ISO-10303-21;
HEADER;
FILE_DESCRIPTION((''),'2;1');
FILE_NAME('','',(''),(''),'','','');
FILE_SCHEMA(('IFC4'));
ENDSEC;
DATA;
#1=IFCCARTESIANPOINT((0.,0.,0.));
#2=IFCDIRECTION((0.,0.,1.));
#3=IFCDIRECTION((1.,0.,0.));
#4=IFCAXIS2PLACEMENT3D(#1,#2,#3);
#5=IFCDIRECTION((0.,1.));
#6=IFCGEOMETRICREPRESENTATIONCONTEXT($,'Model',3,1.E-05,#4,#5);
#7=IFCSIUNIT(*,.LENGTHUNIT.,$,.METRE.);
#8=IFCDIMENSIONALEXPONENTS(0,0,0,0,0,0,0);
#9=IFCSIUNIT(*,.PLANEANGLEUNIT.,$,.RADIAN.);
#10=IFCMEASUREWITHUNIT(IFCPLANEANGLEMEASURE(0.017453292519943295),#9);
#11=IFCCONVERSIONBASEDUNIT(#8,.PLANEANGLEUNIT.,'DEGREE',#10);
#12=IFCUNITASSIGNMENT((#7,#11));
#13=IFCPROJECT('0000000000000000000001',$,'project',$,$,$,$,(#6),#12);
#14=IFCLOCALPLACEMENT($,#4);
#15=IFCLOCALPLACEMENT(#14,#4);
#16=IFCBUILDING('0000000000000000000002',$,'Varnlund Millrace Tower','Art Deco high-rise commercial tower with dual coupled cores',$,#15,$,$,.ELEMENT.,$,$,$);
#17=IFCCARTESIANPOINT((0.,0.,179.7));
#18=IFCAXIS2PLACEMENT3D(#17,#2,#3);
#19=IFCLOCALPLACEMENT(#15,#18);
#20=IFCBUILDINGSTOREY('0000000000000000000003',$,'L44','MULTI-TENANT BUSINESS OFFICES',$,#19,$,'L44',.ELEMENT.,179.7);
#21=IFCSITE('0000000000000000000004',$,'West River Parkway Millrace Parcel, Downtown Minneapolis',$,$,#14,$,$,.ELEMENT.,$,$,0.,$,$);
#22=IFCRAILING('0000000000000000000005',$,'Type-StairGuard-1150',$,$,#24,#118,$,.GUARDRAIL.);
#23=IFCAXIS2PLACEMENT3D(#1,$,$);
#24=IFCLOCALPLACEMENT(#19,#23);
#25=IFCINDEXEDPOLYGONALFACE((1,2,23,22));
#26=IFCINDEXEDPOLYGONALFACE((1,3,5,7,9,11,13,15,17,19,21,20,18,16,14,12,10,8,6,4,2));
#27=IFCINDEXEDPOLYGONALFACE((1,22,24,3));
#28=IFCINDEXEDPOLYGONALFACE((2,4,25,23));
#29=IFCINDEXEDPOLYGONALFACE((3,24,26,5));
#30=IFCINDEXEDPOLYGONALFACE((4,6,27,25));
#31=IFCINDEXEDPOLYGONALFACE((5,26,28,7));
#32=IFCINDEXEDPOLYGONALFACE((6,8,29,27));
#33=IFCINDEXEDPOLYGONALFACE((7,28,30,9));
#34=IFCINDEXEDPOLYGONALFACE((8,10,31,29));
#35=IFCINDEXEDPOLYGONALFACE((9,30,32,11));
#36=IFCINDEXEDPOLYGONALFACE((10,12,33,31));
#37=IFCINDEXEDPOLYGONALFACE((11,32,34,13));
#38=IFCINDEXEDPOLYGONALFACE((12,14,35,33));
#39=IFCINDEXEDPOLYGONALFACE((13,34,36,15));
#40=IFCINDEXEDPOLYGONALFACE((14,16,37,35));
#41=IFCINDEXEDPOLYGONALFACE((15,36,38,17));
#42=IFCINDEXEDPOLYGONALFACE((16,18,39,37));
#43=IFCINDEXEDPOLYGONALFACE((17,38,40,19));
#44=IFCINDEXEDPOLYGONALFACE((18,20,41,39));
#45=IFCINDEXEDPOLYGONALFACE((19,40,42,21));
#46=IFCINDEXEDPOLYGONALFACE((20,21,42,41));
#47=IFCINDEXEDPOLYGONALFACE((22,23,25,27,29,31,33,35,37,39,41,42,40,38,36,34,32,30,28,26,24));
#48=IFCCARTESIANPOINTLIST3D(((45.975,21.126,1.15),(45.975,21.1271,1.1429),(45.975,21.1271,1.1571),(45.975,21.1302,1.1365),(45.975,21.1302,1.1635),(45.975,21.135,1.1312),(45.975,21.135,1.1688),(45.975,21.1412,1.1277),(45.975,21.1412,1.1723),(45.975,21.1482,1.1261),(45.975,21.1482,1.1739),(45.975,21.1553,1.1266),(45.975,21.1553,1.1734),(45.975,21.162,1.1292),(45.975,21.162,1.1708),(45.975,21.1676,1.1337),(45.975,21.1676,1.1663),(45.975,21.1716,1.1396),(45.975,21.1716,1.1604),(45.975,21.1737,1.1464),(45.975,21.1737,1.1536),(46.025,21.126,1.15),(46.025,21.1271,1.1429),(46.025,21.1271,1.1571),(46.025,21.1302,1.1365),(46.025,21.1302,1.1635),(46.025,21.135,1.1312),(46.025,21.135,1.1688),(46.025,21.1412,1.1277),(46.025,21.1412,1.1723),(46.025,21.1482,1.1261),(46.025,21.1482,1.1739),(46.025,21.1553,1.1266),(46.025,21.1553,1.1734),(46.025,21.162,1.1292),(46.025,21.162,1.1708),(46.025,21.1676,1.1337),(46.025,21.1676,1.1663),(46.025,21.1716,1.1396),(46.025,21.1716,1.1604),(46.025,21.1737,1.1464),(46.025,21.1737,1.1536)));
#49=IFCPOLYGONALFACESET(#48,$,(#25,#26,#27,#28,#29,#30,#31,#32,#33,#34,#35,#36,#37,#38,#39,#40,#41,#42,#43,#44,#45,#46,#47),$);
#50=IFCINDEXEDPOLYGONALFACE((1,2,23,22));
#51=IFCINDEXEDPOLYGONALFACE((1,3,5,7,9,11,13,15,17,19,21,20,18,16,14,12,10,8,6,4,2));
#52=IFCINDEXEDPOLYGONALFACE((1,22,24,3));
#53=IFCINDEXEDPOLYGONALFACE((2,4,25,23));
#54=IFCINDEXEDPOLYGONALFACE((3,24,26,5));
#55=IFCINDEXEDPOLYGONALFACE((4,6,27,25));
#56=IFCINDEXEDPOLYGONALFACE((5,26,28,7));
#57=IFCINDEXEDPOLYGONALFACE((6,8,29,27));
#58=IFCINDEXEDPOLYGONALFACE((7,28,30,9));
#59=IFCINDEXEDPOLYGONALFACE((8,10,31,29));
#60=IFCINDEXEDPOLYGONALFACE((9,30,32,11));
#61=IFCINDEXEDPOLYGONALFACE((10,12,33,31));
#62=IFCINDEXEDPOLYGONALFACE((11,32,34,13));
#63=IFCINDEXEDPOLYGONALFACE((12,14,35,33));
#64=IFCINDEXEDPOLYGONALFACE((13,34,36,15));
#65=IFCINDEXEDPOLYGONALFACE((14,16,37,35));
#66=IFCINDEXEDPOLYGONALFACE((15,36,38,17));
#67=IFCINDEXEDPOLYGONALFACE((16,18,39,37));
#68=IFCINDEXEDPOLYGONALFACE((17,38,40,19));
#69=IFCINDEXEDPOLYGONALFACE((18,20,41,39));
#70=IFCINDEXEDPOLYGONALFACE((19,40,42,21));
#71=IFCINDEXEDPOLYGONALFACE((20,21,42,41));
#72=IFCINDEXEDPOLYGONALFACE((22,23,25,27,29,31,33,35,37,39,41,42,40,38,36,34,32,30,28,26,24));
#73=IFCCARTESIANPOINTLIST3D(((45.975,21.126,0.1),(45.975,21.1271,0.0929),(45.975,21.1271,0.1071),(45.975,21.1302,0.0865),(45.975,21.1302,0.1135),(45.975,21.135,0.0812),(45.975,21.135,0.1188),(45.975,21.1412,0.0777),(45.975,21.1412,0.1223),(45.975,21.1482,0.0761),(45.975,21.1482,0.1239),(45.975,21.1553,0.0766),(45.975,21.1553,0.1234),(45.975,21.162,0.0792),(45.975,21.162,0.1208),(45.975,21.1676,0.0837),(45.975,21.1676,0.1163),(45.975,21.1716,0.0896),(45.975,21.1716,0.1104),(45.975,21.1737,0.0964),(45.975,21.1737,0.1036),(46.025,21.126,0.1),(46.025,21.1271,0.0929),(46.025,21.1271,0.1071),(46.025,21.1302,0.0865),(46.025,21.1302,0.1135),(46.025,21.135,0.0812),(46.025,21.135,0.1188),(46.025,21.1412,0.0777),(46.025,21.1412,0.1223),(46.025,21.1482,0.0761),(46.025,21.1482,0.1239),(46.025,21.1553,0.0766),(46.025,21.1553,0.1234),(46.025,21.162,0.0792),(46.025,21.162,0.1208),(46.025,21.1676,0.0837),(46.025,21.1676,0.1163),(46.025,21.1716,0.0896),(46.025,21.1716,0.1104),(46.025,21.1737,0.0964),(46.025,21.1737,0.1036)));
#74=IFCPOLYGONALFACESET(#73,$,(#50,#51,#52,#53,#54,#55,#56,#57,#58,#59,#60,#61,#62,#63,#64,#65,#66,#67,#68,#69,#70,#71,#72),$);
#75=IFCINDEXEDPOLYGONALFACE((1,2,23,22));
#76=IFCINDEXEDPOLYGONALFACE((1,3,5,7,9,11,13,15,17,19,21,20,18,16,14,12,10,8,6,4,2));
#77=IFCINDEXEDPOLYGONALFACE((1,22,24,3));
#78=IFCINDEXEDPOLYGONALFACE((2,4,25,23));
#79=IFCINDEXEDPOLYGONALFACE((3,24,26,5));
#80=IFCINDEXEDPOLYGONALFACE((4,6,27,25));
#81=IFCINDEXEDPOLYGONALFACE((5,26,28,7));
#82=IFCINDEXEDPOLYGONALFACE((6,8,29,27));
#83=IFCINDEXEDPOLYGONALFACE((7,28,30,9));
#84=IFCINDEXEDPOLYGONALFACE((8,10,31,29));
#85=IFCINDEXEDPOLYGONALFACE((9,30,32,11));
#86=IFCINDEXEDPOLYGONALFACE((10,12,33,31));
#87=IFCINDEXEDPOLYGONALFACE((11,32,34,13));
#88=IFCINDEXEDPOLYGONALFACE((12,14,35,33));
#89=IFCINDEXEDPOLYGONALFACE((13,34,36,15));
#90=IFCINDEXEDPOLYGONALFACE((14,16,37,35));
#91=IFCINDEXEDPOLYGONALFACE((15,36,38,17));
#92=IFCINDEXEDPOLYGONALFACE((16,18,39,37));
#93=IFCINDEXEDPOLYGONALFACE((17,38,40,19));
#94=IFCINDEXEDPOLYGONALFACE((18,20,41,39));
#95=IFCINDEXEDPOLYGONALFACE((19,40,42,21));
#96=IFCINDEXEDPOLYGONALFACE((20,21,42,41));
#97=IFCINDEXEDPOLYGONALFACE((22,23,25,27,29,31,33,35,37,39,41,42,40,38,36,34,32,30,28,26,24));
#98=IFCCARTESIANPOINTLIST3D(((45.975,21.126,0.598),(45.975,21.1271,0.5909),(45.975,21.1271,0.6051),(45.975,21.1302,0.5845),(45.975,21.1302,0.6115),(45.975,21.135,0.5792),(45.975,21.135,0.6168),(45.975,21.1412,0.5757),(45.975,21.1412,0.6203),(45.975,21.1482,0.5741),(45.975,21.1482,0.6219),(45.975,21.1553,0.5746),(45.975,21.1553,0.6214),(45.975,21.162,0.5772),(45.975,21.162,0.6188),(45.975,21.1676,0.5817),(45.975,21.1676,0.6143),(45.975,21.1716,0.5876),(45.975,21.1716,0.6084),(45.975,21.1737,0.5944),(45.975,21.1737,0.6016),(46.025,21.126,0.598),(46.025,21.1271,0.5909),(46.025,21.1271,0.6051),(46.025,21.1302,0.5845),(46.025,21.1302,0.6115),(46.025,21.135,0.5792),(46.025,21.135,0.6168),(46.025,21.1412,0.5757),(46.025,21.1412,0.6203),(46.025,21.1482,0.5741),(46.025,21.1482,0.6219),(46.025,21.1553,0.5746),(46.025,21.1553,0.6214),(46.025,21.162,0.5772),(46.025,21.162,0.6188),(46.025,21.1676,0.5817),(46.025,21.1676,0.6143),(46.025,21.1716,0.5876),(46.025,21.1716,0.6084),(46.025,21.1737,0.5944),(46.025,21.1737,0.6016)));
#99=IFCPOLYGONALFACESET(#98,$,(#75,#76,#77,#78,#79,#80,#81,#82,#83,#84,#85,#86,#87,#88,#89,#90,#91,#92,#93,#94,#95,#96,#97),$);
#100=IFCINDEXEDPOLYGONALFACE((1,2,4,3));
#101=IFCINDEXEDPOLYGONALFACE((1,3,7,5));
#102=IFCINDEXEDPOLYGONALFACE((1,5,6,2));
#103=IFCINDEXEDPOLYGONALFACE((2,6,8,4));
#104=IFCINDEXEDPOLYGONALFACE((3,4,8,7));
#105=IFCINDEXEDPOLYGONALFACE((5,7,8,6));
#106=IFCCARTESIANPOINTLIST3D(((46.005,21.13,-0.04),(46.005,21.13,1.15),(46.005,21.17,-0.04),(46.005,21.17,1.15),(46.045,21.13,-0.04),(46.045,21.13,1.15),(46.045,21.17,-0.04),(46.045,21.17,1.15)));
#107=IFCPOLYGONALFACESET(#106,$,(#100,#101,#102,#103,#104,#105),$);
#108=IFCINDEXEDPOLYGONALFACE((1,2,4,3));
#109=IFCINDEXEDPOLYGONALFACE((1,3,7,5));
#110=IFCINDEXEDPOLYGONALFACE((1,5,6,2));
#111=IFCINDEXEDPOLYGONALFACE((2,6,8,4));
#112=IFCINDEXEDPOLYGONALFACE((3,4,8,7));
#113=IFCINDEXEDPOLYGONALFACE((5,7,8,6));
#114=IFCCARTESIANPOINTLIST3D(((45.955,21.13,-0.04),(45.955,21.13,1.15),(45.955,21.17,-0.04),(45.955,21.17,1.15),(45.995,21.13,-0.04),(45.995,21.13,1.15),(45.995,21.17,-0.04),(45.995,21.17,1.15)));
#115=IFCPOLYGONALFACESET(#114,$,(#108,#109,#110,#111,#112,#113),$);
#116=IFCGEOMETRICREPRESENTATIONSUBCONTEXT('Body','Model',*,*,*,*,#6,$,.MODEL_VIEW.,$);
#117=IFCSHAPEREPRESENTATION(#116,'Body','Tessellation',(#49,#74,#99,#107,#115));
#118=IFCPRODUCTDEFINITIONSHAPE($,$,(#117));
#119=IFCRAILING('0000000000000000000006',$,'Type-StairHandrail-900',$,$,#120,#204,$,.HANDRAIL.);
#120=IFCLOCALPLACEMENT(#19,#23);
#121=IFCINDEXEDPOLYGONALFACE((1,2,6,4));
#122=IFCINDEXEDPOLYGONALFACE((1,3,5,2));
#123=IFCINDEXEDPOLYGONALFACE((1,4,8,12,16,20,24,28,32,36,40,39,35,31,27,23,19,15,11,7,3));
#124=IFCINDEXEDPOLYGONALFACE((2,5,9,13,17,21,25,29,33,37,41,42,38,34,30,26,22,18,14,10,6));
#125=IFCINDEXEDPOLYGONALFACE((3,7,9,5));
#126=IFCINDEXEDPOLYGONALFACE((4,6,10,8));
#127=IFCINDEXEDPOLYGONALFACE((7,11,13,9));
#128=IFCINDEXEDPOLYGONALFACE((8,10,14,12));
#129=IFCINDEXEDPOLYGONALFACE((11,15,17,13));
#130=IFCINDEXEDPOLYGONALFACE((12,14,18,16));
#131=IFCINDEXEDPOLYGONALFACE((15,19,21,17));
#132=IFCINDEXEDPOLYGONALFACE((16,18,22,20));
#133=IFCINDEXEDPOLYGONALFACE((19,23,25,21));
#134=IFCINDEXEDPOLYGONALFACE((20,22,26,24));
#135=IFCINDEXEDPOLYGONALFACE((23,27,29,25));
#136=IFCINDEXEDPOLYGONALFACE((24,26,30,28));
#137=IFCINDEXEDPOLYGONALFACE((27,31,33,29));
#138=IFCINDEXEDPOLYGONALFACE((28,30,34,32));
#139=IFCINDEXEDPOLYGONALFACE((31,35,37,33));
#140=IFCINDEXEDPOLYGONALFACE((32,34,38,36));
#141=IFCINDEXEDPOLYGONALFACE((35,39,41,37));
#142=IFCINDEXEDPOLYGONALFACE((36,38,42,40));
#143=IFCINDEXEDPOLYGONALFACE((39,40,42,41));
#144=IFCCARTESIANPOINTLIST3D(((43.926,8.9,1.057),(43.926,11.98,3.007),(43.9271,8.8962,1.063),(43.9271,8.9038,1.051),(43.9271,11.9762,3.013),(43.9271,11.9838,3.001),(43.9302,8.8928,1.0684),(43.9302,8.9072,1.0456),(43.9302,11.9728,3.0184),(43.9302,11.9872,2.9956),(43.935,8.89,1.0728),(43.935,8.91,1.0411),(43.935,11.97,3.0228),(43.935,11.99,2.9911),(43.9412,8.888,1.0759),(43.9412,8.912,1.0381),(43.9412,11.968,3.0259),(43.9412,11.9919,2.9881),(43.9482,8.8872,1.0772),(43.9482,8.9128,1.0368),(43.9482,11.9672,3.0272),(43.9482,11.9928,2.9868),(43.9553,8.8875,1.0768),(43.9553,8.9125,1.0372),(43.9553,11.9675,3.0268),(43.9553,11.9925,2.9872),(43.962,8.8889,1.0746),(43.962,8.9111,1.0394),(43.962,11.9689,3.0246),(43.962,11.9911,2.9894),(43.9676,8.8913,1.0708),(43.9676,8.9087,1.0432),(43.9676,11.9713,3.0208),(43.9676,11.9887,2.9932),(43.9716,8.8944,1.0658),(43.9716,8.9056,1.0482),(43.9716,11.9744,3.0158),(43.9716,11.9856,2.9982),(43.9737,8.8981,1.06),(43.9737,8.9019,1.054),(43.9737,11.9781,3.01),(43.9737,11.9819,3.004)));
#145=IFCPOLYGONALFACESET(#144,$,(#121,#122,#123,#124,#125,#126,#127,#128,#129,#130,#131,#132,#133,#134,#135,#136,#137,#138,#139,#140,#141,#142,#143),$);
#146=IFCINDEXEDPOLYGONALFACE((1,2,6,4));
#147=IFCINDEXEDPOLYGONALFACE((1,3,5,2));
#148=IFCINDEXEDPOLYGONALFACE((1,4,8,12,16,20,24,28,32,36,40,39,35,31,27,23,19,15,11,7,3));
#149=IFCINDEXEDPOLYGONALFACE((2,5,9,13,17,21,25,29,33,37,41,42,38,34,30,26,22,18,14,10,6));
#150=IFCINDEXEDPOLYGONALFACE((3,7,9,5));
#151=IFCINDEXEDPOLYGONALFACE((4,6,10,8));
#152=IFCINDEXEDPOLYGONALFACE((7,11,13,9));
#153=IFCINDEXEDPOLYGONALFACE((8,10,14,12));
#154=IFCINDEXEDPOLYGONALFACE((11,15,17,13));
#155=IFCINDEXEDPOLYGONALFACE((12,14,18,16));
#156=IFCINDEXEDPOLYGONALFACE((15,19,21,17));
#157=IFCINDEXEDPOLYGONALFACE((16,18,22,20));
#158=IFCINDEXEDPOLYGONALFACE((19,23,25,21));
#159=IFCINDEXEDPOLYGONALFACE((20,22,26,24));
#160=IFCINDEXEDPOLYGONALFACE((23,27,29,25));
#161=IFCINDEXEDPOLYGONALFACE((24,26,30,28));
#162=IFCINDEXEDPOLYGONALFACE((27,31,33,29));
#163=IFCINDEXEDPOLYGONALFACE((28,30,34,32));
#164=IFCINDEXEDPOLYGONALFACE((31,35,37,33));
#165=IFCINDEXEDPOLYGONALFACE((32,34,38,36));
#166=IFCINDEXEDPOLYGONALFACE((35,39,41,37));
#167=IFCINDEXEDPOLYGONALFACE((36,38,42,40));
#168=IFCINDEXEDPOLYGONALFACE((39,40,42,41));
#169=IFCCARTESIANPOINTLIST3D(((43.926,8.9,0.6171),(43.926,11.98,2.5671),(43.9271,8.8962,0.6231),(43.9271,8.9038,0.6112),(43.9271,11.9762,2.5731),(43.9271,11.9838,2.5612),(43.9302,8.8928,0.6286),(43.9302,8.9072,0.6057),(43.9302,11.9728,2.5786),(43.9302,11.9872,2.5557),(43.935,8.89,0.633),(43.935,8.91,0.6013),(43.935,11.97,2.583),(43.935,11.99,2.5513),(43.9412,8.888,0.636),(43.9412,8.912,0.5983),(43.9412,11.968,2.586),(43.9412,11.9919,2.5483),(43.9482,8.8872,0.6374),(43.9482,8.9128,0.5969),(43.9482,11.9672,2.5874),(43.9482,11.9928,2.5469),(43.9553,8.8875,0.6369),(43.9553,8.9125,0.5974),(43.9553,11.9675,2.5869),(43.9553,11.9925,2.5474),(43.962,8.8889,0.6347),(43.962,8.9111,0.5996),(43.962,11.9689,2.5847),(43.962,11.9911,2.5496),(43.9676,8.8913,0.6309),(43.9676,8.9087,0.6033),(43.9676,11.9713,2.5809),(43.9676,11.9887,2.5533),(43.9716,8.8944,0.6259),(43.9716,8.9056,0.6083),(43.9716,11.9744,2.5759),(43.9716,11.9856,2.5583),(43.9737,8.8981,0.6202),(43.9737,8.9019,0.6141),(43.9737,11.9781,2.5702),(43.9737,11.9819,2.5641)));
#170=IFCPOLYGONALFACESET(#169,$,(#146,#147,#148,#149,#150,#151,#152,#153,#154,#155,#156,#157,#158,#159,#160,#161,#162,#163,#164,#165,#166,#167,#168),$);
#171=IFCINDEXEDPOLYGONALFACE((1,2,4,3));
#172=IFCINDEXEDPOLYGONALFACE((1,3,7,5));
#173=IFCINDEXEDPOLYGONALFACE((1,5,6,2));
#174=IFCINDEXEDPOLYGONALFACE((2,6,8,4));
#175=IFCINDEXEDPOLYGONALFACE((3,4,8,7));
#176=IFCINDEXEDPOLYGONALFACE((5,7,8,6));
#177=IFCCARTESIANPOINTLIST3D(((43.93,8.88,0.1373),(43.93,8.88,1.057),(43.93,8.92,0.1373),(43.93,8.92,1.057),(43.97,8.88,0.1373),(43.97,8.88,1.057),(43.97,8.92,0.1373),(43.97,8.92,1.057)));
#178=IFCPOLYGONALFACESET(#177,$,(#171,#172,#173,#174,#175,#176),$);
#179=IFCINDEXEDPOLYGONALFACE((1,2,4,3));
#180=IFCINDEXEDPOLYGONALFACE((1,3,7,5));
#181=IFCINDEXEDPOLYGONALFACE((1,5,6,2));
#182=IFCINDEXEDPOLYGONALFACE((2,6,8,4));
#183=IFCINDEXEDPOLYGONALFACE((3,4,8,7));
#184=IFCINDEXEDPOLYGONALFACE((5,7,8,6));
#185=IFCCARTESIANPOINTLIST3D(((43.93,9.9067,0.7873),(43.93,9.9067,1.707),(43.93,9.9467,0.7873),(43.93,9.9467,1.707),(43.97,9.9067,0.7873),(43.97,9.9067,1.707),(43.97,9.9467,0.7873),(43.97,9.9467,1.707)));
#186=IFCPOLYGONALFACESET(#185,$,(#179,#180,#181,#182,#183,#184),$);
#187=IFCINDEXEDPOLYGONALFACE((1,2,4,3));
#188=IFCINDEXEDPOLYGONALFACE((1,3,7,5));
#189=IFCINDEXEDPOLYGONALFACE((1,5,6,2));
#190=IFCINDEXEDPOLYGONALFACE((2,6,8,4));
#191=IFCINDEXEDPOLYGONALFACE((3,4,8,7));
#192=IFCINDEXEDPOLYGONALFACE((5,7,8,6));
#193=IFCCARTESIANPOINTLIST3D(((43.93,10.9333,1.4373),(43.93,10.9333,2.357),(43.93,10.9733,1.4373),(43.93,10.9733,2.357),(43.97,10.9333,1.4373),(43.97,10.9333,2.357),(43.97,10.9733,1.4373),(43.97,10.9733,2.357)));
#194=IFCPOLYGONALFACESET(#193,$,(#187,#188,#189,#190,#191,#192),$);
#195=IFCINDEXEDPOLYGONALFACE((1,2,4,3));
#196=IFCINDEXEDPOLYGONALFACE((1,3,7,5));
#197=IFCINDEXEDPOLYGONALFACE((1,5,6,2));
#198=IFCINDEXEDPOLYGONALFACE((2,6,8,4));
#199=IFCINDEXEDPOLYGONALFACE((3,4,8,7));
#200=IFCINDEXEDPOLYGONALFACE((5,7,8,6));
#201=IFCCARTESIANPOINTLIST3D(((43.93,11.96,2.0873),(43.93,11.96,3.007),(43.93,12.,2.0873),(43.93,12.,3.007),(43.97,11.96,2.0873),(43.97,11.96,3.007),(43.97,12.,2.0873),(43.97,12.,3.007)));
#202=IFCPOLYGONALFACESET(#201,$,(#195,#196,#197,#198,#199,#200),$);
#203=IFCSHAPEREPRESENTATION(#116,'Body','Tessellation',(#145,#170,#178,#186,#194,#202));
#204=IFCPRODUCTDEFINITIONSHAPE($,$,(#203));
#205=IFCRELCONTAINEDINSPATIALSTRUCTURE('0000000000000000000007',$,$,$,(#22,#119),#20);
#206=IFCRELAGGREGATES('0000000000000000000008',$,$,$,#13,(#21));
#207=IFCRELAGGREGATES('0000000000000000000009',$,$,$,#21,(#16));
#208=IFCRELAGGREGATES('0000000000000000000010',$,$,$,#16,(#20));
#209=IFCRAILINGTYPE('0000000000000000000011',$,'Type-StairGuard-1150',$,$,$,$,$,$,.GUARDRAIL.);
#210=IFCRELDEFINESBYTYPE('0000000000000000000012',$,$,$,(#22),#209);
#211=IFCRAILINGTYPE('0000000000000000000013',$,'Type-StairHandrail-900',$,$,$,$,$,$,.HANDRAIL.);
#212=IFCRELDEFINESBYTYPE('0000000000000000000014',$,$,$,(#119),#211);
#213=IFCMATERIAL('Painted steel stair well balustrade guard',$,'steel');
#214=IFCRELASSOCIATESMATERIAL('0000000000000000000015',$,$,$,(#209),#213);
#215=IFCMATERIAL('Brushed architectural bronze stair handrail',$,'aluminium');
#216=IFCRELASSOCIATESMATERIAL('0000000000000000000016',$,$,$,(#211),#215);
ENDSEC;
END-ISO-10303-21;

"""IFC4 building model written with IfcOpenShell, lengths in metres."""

from ifc_helpers import new_model, entity, si_unit, converted_unit, direction, frame, origin_with_axes, origin_2d_with_axis, place, context, subcontext, project, spatial, rectangle, circle, extrude, material, type_object, element, save


model = new_model("IFC4")

# Units and contexts
model_context = context("Model", 3, precision=1e-05, world=origin_with_axes(), true_north=direction((0.0, 1.0)))
body_context = subcontext(model_context, "Body", "Model", "MODEL_VIEW")
ifc_project = project(units=[si_unit("LENGTHUNIT", "METRE"), converted_unit("PLANEANGLEUNIT", "DEGREE", entity("IfcPlaneAngleMeasure", 0.017453292519943295), si_unit("PLANEANGLEUNIT", "RADIAN"), dimensions=[0, 0, 0, 0, 0, 0, 0])], contexts=[model_context])

# Site, building, storey
site_placement = place(None, origin_with_axes())
site = spatial("IfcSite", under=ifc_project, at=site_placement, Name="West River Parkway Millrace Parcel, Downtown Minneapolis", CompositionType="ELEMENT", RefElevation=0.0)
building_placement = place(site_placement, origin_with_axes())
building = spatial("IfcBuilding", under=site, at=building_placement, Name="Varnlund Millrace Tower", Description="Art Deco high-rise commercial tower with dual coupled cores", CompositionType="ELEMENT")
storey_placement = place(building_placement, frame((0.0, 0.0, 179.7), z_axis=(0.0, 0.0, 1.0), x_axis=(1.0, 0.0, 0.0)))
storey = spatial("IfcBuildingStorey", under=building, at=storey_placement, Name="L44", Description="MULTI-TENANT BUSINESS OFFICES", LongName="L44", CompositionType="ELEMENT", Elevation=179.7)

# Railings
ifc_material_1 = material(Name="Painted steel stair well balustrade guard", Category="steel")
railing_type_1 = type_object("IfcRailingType", Name="Type-StairGuard-1150", PredefinedType="GUARDRAIL", material=ifc_material_1)
railing_1_placement = place(storey_placement, frame((0.0, 0.0, -179.7), z_axis=(0.0, 0.0, 1.0), x_axis=(1.0, 0.0, 0.0)))
element("IfcRailing", 1, at=railing_1_placement, inside=storey, type_object=railing_type_1, Name="Type-StairGuard-1150", PredefinedType="GUARDRAIL", context=body_context, shape_type="SweptSolid", body=[
    extrude(circle(Radius=0.024, at=origin_2d_with_axis()), frame((46.025, 21.15, 180.85), z_axis=(-1.0, 0.0, 0.0), x_axis=(0.0, -1.0, 0.0)), (0.0, 0.0, 1.0), 0.05),
    extrude(circle(Radius=0.024, at=origin_2d_with_axis()), frame((46.025, 21.15, 179.8), z_axis=(-1.0, 0.0, 0.0), x_axis=(0.0, -1.0, 0.0)), (0.0, 0.0, 1.0), 0.05),
    extrude(circle(Radius=0.024, at=origin_2d_with_axis()), frame((46.025, 21.15, 180.298), z_axis=(-1.0, 0.0, 0.0), x_axis=(0.0, -1.0, 0.0)), (0.0, 0.0, 1.0), 0.05),
    extrude(rectangle(XDim=0.04, YDim=0.04, at=origin_2d_with_axis()), frame((46.025, 21.15, 179.66), z_axis=(0.0, 0.0, 1.0), x_axis=(1.0, 0.0, 0.0)), (0.0, 0.0, 1.0), 1.19),
    extrude(rectangle(XDim=0.04, YDim=0.04, at=origin_2d_with_axis()), frame((45.975, 21.15, 179.66), z_axis=(0.0, 0.0, 1.0), x_axis=(1.0, 0.0, 0.0)), (0.0, 0.0, 1.0), 1.19),
])
ifc_material_2 = material(Name="Brushed architectural bronze stair handrail", Category="aluminium")
railing_type_2 = type_object("IfcRailingType", Name="Type-StairHandrail-900", PredefinedType="HANDRAIL", material=ifc_material_2)
railing_2_placement = place(storey_placement, frame((0.0, 0.0, -179.7), z_axis=(0.0, 0.0, 1.0), x_axis=(1.0, 0.0, 0.0)))
element("IfcRailing", 2, at=railing_2_placement, inside=storey, type_object=railing_type_2, Name="Type-StairHandrail-900", PredefinedType="HANDRAIL", context=body_context, shape_type="SweptSolid", body=[
    extrude(circle(Radius=0.024, at=origin_2d_with_axis()), frame((43.95, 8.9, 180.757), z_axis=(0.0, 0.844902, 0.534922), x_axis=(-1.0, 0.0, 0.0)), (0.0, 0.0, 1.0), 3.6454),
    extrude(circle(Radius=0.024, at=origin_2d_with_axis()), frame((43.95, 8.9, 180.3171), z_axis=(0.0, 0.844902, 0.534922), x_axis=(-1.0, 0.0, 0.0)), (0.0, 0.0, 1.0), 3.6454),
    extrude(rectangle(XDim=0.04, YDim=0.04, at=origin_2d_with_axis()), frame((43.95, 8.9, 179.8373), z_axis=(0.0, 0.0, 1.0), x_axis=(1.0, 0.0, 0.0)), (0.0, 0.0, 1.0), 0.9197),
    extrude(rectangle(XDim=0.04, YDim=0.04, at=origin_2d_with_axis()), frame((43.95, 9.9267, 180.4873), z_axis=(0.0, 0.0, 1.0), x_axis=(1.0, 0.0, 0.0)), (0.0, 0.0, 1.0), 0.9197),
    extrude(rectangle(XDim=0.04, YDim=0.04, at=origin_2d_with_axis()), frame((43.95, 10.9533, 181.1373), z_axis=(0.0, 0.0, 1.0), x_axis=(1.0, 0.0, 0.0)), (0.0, 0.0, 1.0), 0.9197),
    extrude(rectangle(XDim=0.04, YDim=0.04, at=origin_2d_with_axis()), frame((43.95, 11.98, 181.7873), z_axis=(0.0, 0.0, 1.0), x_axis=(1.0, 0.0, 0.0)), (0.0, 0.0, 1.0), 0.9197),
])

save(model, "model.ifc")
